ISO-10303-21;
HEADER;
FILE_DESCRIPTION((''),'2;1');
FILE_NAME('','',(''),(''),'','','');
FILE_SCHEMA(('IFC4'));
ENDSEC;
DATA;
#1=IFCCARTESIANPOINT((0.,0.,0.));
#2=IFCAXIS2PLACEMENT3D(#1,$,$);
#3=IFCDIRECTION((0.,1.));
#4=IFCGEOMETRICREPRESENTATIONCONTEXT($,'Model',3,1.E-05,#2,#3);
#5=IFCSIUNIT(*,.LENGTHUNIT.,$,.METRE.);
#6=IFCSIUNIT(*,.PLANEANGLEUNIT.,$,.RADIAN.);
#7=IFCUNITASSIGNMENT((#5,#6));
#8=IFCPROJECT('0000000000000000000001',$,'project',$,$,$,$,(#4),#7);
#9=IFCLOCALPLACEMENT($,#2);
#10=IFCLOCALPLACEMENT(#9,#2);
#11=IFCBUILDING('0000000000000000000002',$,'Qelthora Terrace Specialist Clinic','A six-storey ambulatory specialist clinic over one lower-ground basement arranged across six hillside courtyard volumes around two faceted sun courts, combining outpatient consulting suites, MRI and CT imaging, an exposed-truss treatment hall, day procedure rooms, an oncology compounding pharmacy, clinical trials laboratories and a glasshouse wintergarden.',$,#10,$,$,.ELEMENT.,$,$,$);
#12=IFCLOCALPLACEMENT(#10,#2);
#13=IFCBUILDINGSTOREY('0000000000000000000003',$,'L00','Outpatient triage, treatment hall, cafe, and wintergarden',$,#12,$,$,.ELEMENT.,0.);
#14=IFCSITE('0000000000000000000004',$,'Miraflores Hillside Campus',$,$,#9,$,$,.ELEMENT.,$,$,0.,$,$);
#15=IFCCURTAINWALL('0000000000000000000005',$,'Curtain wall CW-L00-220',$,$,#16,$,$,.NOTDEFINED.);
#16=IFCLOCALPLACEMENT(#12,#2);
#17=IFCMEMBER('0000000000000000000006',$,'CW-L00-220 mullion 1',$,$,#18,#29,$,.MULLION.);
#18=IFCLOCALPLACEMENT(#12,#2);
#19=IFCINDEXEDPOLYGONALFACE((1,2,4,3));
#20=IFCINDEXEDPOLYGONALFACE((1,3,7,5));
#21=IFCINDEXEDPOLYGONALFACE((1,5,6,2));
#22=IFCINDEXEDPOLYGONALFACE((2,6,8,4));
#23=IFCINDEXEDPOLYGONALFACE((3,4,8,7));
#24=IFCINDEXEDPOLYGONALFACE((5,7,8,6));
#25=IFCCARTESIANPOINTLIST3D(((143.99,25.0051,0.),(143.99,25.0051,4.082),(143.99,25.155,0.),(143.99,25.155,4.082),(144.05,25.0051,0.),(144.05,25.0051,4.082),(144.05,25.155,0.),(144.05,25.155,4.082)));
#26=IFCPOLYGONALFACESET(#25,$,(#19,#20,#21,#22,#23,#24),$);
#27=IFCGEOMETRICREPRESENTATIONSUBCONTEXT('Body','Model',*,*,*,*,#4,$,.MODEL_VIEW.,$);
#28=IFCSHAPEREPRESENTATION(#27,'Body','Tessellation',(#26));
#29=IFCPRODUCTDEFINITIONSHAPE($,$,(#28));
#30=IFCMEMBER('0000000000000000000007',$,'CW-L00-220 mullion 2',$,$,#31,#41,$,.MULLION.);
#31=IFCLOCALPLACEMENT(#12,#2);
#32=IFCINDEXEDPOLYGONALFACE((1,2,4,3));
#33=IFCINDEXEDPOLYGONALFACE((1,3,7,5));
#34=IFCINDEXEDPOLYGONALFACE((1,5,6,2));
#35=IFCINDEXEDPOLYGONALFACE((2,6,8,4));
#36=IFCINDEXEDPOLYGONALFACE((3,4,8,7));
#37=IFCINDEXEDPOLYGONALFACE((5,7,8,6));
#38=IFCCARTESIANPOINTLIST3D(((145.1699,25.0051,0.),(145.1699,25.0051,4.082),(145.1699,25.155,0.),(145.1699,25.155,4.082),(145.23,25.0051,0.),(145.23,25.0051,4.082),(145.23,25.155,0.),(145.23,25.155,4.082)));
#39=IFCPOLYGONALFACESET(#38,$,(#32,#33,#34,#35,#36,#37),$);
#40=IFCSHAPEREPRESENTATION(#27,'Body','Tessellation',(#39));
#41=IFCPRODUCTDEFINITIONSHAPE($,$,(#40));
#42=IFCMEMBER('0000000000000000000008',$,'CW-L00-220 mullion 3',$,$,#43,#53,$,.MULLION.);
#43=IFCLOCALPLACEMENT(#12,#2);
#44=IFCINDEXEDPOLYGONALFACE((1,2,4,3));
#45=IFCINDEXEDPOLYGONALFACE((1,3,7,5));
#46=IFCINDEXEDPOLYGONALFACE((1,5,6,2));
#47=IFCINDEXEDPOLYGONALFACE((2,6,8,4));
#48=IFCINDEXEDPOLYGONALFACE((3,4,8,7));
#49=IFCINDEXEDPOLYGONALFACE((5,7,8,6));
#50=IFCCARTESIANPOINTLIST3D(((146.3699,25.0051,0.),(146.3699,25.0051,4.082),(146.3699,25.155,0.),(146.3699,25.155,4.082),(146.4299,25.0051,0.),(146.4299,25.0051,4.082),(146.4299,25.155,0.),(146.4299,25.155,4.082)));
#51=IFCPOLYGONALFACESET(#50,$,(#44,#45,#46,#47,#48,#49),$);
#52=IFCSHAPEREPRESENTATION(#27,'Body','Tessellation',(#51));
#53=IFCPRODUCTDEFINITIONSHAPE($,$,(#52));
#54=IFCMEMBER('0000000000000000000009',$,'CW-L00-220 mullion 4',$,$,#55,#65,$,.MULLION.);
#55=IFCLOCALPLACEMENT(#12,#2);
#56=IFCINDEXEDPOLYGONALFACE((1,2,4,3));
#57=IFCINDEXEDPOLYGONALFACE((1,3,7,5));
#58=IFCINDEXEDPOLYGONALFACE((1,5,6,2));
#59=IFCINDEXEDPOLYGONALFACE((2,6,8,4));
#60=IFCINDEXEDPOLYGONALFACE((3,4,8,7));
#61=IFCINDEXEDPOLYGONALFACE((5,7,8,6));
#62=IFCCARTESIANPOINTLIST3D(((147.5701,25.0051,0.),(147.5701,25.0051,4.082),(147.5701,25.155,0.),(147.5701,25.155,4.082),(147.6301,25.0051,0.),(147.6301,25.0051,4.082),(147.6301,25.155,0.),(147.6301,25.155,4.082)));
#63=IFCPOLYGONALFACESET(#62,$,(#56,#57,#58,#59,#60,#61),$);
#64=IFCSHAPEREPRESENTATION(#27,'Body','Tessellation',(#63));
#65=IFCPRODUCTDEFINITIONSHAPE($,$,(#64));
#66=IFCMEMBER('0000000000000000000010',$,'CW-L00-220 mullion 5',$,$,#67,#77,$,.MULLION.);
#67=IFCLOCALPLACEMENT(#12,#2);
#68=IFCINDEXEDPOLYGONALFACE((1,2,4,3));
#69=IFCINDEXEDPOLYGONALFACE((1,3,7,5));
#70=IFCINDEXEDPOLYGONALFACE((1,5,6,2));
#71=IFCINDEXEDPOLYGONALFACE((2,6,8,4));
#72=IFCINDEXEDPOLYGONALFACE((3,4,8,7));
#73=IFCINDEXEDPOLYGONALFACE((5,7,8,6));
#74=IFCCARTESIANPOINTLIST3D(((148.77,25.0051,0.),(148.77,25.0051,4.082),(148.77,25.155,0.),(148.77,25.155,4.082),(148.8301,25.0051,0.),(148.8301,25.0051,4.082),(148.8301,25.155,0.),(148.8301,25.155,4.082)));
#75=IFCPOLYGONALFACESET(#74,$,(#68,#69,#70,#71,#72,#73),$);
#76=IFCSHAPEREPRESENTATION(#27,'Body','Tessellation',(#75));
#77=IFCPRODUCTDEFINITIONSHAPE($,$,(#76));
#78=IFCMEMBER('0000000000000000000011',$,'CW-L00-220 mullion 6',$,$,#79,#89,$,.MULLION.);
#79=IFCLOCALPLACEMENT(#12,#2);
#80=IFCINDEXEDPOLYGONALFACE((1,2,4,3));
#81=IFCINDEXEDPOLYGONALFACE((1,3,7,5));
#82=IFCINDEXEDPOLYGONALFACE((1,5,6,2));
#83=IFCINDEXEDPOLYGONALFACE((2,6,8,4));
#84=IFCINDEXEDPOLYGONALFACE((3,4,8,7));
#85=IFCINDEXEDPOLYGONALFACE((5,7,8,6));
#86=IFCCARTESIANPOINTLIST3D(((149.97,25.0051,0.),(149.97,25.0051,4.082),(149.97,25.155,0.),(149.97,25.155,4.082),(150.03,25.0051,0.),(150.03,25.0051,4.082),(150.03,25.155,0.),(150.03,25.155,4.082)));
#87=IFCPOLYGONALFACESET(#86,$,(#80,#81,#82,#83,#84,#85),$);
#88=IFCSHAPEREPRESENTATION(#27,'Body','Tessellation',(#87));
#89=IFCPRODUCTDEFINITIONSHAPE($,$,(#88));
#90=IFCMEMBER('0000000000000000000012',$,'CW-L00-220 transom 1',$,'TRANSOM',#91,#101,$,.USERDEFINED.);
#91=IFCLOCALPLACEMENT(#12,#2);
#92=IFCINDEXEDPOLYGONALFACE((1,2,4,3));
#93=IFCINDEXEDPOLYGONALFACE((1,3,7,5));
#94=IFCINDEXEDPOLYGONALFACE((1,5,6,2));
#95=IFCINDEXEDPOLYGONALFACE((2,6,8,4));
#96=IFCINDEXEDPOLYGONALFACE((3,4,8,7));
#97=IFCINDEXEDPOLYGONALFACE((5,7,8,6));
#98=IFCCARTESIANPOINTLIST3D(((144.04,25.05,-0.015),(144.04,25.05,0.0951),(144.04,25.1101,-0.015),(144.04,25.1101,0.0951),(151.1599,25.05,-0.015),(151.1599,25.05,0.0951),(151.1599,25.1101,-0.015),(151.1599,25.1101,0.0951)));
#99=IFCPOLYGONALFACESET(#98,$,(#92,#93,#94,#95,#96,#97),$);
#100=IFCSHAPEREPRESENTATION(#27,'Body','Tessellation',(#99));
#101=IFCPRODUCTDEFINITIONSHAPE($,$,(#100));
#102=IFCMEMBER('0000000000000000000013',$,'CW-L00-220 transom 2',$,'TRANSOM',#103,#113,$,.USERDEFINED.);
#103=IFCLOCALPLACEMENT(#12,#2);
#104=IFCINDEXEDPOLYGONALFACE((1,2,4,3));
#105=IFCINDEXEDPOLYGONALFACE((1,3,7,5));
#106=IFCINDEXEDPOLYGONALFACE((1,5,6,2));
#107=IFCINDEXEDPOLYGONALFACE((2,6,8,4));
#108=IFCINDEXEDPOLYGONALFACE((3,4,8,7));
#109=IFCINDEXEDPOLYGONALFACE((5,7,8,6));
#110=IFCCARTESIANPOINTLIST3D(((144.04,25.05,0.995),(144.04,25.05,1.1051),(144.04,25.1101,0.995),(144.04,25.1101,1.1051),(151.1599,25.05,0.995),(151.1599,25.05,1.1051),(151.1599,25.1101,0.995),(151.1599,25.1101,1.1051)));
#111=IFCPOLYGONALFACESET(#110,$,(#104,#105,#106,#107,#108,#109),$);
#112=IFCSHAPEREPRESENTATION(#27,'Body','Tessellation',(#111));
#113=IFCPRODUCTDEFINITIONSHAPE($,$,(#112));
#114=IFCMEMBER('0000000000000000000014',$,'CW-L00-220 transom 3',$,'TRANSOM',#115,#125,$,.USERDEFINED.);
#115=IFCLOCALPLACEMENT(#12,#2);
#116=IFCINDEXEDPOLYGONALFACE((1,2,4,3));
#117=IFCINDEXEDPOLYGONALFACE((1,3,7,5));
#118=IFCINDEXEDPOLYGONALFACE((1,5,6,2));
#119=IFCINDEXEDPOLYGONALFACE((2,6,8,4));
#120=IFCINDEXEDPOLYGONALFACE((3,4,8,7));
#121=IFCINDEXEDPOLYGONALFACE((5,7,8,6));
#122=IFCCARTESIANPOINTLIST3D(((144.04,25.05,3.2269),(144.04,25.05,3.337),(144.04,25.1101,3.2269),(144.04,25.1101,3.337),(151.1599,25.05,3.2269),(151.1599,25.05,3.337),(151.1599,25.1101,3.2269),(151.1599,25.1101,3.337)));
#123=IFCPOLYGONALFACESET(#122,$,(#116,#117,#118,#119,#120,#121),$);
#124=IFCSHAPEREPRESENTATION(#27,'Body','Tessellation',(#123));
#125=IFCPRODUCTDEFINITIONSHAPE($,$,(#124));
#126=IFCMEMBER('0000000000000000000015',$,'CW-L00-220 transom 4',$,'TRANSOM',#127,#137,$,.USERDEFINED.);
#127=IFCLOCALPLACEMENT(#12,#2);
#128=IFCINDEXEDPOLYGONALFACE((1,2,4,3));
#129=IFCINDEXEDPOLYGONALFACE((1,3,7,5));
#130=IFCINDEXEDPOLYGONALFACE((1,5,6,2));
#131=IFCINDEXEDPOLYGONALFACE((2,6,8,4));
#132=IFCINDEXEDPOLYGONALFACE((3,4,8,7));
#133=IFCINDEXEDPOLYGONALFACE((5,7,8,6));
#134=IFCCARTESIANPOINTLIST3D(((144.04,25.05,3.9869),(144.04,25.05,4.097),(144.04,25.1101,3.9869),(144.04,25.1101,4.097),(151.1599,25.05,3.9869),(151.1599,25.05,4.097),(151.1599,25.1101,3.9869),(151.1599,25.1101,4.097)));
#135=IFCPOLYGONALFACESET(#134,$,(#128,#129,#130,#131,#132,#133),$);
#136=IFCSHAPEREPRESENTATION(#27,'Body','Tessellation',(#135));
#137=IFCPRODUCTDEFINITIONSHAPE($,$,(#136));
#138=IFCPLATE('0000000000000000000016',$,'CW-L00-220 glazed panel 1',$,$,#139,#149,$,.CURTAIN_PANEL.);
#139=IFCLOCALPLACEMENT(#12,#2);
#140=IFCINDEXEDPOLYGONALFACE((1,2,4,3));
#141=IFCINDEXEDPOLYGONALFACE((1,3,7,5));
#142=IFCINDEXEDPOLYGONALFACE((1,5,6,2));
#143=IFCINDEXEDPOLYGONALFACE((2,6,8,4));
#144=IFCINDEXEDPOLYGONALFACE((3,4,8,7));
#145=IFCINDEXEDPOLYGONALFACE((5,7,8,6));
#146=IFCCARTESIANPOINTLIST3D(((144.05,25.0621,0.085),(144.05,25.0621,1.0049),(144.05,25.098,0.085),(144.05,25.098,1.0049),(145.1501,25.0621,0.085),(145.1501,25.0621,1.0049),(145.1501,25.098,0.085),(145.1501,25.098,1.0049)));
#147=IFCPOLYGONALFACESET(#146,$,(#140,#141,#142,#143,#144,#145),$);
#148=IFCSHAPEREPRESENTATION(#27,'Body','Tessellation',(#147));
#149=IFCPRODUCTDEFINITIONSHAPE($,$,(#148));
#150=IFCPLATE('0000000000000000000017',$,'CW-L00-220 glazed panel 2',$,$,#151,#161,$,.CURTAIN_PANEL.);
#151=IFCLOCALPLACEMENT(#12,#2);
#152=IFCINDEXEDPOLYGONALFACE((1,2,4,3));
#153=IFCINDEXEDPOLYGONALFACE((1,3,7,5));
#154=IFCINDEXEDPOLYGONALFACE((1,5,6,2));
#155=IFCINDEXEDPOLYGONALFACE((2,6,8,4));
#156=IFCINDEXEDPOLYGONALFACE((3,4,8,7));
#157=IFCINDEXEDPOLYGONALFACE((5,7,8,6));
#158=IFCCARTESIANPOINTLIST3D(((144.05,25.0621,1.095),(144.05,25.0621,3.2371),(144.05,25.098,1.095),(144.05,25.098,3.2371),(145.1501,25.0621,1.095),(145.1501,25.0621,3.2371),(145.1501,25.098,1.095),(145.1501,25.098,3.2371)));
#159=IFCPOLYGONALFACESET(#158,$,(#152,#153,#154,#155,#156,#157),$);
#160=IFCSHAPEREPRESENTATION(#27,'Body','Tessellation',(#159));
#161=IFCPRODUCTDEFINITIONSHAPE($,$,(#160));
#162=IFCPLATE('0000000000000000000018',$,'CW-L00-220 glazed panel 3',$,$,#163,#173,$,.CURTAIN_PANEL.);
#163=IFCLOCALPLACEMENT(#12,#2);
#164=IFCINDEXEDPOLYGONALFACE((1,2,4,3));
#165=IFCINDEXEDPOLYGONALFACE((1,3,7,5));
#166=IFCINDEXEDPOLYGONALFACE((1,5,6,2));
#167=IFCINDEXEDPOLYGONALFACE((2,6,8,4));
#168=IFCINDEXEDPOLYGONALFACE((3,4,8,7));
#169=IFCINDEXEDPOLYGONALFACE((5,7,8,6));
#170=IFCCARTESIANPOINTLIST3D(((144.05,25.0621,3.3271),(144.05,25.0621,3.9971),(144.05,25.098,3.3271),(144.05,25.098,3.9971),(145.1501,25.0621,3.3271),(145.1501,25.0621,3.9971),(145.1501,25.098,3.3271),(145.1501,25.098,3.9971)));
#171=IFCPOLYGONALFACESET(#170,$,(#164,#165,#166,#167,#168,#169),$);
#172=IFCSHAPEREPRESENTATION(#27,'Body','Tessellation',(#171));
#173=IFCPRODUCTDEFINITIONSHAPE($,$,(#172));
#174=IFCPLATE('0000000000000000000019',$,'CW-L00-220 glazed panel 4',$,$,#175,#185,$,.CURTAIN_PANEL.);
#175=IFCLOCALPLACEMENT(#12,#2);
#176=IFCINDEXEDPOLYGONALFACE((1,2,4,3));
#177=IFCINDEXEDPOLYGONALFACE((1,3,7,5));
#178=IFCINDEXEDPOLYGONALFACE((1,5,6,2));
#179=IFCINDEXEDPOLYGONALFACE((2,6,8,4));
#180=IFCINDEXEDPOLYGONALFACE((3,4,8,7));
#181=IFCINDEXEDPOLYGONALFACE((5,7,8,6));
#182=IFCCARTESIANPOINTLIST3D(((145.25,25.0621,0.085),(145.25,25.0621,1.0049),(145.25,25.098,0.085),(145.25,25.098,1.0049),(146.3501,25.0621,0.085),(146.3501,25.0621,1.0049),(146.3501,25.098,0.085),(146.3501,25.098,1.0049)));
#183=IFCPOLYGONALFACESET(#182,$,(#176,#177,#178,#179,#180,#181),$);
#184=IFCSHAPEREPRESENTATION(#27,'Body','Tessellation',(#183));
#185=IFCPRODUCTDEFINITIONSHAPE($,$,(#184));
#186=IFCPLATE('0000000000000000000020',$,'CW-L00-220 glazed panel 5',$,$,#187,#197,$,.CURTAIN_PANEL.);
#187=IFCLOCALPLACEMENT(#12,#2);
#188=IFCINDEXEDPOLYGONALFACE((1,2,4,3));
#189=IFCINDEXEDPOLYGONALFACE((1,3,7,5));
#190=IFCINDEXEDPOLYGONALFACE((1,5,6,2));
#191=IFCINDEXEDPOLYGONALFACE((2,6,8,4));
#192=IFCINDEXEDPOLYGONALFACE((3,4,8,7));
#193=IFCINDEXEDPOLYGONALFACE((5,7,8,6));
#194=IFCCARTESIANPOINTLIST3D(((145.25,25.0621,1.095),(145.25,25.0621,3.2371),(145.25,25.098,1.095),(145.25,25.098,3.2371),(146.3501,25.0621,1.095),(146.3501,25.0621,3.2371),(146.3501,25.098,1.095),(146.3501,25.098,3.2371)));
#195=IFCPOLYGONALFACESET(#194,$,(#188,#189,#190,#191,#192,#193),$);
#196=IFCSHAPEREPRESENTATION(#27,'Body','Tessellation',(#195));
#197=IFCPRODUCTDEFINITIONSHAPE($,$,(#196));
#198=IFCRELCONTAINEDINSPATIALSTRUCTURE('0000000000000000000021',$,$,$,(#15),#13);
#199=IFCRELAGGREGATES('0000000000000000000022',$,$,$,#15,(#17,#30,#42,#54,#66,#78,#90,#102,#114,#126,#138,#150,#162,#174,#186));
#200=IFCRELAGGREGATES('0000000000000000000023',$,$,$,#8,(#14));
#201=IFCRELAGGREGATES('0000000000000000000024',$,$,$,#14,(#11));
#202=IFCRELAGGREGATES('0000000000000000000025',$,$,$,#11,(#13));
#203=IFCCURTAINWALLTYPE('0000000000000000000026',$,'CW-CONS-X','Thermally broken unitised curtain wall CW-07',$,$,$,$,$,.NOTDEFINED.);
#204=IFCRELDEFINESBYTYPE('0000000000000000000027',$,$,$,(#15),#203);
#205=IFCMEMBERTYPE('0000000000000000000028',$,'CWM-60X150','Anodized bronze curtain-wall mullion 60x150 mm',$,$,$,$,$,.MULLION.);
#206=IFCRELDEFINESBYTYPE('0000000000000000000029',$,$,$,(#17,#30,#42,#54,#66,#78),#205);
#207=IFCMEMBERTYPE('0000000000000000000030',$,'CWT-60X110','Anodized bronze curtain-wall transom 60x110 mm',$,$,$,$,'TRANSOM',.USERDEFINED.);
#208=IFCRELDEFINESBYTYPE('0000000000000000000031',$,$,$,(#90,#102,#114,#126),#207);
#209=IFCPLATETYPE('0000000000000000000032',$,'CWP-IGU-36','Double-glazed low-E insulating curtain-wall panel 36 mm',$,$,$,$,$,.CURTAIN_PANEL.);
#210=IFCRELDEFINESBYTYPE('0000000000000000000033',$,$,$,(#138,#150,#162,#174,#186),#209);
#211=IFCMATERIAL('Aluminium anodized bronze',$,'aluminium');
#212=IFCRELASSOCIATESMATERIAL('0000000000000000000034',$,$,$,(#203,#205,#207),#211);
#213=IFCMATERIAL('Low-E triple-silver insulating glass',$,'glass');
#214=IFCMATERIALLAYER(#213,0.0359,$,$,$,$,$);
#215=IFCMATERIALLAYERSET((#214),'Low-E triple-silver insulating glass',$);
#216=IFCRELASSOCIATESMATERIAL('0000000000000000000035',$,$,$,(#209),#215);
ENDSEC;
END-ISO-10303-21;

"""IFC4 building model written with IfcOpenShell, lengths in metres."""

from ifc_helpers import new_model, si_unit, direction, frame, origin, origin_2d, place, context, subcontext, project, spatial, rectangle, extrude, material, layer, layer_set, material_profile, profile_set, type_object, element, aggregate, save


model = new_model("IFC4")

# Units and contexts
model_context = context("Model", 3, precision=1e-05, world=origin(), true_north=direction((0.0, 1.0)))
body_context = subcontext(model_context, "Body", "Model", "MODEL_VIEW")
ifc_project = project(units=[si_unit("LENGTHUNIT", "METRE"), si_unit("PLANEANGLEUNIT", "RADIAN")], contexts=[model_context])

# Site, building, storey
site_placement = place(None, origin())
site = spatial("IfcSite", under=ifc_project, at=site_placement, Name="Miraflores Hillside Campus", CompositionType="ELEMENT", RefElevation=0.0)
building_placement = place(site_placement, origin())
building = spatial("IfcBuilding", under=site, at=building_placement, Name="Qelthora Terrace Specialist Clinic", Description="A six-storey ambulatory specialist clinic over one lower-ground basement arranged across six hillside courtyard volumes around two faceted sun courts, combining outpatient consulting suites, MRI and CT imaging, an exposed-truss treatment hall, day procedure rooms, an oncology compounding pharmacy, clinical trials laboratories and a glasshouse wintergarden.", CompositionType="ELEMENT")
storey_placement = place(building_placement, origin())
storey = spatial("IfcBuildingStorey", under=building, at=storey_placement, Name="L00", Description="Outpatient triage, treatment hall, cafe, and wintergarden", CompositionType="ELEMENT", Elevation=0.0)

# Curtain wall, members, plates
ifc_material_1 = material(Name="Aluminium anodized bronze", Category="aluminium")
curtain_wall_type = type_object("IfcCurtainWallType", Name="CW-CONS-X", Description="Thermally broken unitised curtain wall CW-07", PredefinedType="NOTDEFINED", material=ifc_material_1)
curtain_wall_placement = place(storey_placement, origin())
curtain_wall = element("IfcCurtainWall", 1, at=curtain_wall_placement, inside=storey, type_object=curtain_wall_type, Name="Curtain wall CW-L00-220", PredefinedType="NOTDEFINED")
ifc_material_profile_1 = material_profile(ifc_material_1, rectangle(XDim=0.0601, YDim=0.1499, at=origin_2d()), Name="CWM60X150")
ifc_profile_set_1 = profile_set([ifc_material_profile_1], Name="Aluminium anodized bronze")
member_type_1 = type_object("IfcMemberType", Name="CWM-60X150", Description="Anodized bronze curtain-wall mullion 60x150 mm", PredefinedType="MULLION", material=ifc_profile_set_1)
member_1_placement = place(storey_placement, frame((144.02, 25.0801, 0.0), z_axis=(0.0, 0.0, 1.0), x_axis=(1.0, 0.0, 0.0)))
member_1 = element("IfcMember", 2, at=member_1_placement, type_object=member_type_1, Name="CW-L00-220 mullion 1", PredefinedType="MULLION", context=body_context, shape_type="SweptSolid", body=[
    extrude(rectangle(XDim=0.0601, YDim=0.1499, at=origin_2d()), origin(), (0.0, 0.0, 1.0), 4.082),
])
member_2_placement = place(storey_placement, frame((145.2, 25.0801, 0.0), z_axis=(0.0, 0.0, 1.0), x_axis=(1.0, 0.0, 0.0)))
member_2 = element("IfcMember", 3, at=member_2_placement, type_object=member_type_1, Name="CW-L00-220 mullion 2", PredefinedType="MULLION", context=body_context, shape_type="SweptSolid", body=[
    extrude(rectangle(XDim=0.0601, YDim=0.1499, at=origin_2d()), origin(), (0.0, 0.0, 1.0), 4.082),
])
member_3_placement = place(storey_placement, frame((146.3999, 25.0801, 0.0), z_axis=(0.0, 0.0, 1.0), x_axis=(1.0, 0.0, 0.0)))
member_3 = element("IfcMember", 4, at=member_3_placement, type_object=member_type_1, Name="CW-L00-220 mullion 3", PredefinedType="MULLION", context=body_context, shape_type="SweptSolid", body=[
    extrude(rectangle(XDim=0.0601, YDim=0.1499, at=origin_2d()), origin(), (0.0, 0.0, 1.0), 4.082),
])
member_4_placement = place(storey_placement, frame((147.6001, 25.0801, 0.0), z_axis=(0.0, 0.0, 1.0), x_axis=(1.0, 0.0, 0.0)))
member_4 = element("IfcMember", 5, at=member_4_placement, type_object=member_type_1, Name="CW-L00-220 mullion 4", PredefinedType="MULLION", context=body_context, shape_type="SweptSolid", body=[
    extrude(rectangle(XDim=0.0601, YDim=0.1499, at=origin_2d()), origin(), (0.0, 0.0, 1.0), 4.082),
])
member_5_placement = place(storey_placement, frame((148.8, 25.0801, 0.0), z_axis=(0.0, 0.0, 1.0), x_axis=(1.0, 0.0, 0.0)))
member_5 = element("IfcMember", 6, at=member_5_placement, type_object=member_type_1, Name="CW-L00-220 mullion 5", PredefinedType="MULLION", context=body_context, shape_type="SweptSolid", body=[
    extrude(rectangle(XDim=0.0601, YDim=0.1499, at=origin_2d()), origin(), (0.0, 0.0, 1.0), 4.082),
])
member_6_placement = place(storey_placement, frame((150.0, 25.0801, 0.0), z_axis=(0.0, 0.0, 1.0), x_axis=(1.0, 0.0, 0.0)))
member_6 = element("IfcMember", 7, at=member_6_placement, type_object=member_type_1, Name="CW-L00-220 mullion 6", PredefinedType="MULLION", context=body_context, shape_type="SweptSolid", body=[
    extrude(rectangle(XDim=0.0601, YDim=0.1499, at=origin_2d()), origin(), (0.0, 0.0, 1.0), 4.082),
])
ifc_material_profile_2 = material_profile(ifc_material_1, rectangle(XDim=0.0601, YDim=0.1101, at=origin_2d()), Name="CWT60X110")
ifc_profile_set_2 = profile_set([ifc_material_profile_2], Name="Aluminium anodized bronze")
member_type_2 = type_object("IfcMemberType", Name="CWT-60X110", Description="Anodized bronze curtain-wall transom 60x110 mm", ElementType="TRANSOM", PredefinedType="USERDEFINED", material=ifc_profile_set_2)
member_7_placement = place(storey_placement, frame((144.04, 25.0801, 0.04), z_axis=(1.0, 0.0, 0.0), x_axis=(0.0, 1.0, 0.0)))
member_7 = element("IfcMember", 8, at=member_7_placement, type_object=member_type_2, Name="CW-L00-220 transom 1", ObjectType="TRANSOM", PredefinedType="USERDEFINED", context=body_context, shape_type="SweptSolid", body=[
    extrude(rectangle(XDim=0.0601, YDim=0.1101, at=origin_2d()), origin(), (0.0, 0.0, 1.0), 7.1199),
])
member_8_placement = place(storey_placement, frame((144.04, 25.0801, 1.05), z_axis=(1.0, 0.0, 0.0), x_axis=(0.0, 1.0, 0.0)))
member_8 = element("IfcMember", 9, at=member_8_placement, type_object=member_type_2, Name="CW-L00-220 transom 2", ObjectType="TRANSOM", PredefinedType="USERDEFINED", context=body_context, shape_type="SweptSolid", body=[
    extrude(rectangle(XDim=0.0601, YDim=0.1101, at=origin_2d()), origin(), (0.0, 0.0, 1.0), 7.1199),
])
member_9_placement = place(storey_placement, frame((144.04, 25.0801, 3.282), z_axis=(1.0, 0.0, 0.0), x_axis=(0.0, 1.0, 0.0)))
member_9 = element("IfcMember", 10, at=member_9_placement, type_object=member_type_2, Name="CW-L00-220 transom 3", ObjectType="TRANSOM", PredefinedType="USERDEFINED", context=body_context, shape_type="SweptSolid", body=[
    extrude(rectangle(XDim=0.0601, YDim=0.1101, at=origin_2d()), origin(), (0.0, 0.0, 1.0), 7.1199),
])
member_10_placement = place(storey_placement, frame((144.04, 25.0801, 4.042), z_axis=(1.0, 0.0, 0.0), x_axis=(0.0, 1.0, 0.0)))
member_10 = element("IfcMember", 11, at=member_10_placement, type_object=member_type_2, Name="CW-L00-220 transom 4", ObjectType="TRANSOM", PredefinedType="USERDEFINED", context=body_context, shape_type="SweptSolid", body=[
    extrude(rectangle(XDim=0.0601, YDim=0.1101, at=origin_2d()), origin(), (0.0, 0.0, 1.0), 7.1199),
])
ifc_material_2 = material(Name="Low-E triple-silver insulating glass", Category="glass")
ifc_layer = layer(ifc_material_2, 0.0359)
ifc_layer_set = layer_set([ifc_layer], Name="Low-E triple-silver insulating glass")
plate_type = type_object("IfcPlateType", Name="CWP-IGU-36", Description="Double-glazed low-E insulating curtain-wall panel 36 mm", PredefinedType="CURTAIN_PANEL", material=ifc_layer_set)
plate_1_placement = place(storey_placement, frame((144.6001, 25.0801, 0.085), z_axis=(0.0, 0.0, 1.0), x_axis=(1.0, 0.0, 0.0)))
plate_1 = element("IfcPlate", 12, at=plate_1_placement, type_object=plate_type, Name="CW-L00-220 glazed panel 1", PredefinedType="CURTAIN_PANEL", context=body_context, shape_type="SweptSolid", body=[
    extrude(rectangle(XDim=1.1001, YDim=0.0359, at=origin_2d()), origin(), (0.0, 0.0, 1.0), 0.9199),
])
plate_2_placement = place(storey_placement, frame((144.6001, 25.0801, 1.095), z_axis=(0.0, 0.0, 1.0), x_axis=(1.0, 0.0, 0.0)))
plate_2 = element("IfcPlate", 13, at=plate_2_placement, type_object=plate_type, Name="CW-L00-220 glazed panel 2", PredefinedType="CURTAIN_PANEL", context=body_context, shape_type="SweptSolid", body=[
    extrude(rectangle(XDim=1.1001, YDim=0.0359, at=origin_2d()), origin(), (0.0, 0.0, 1.0), 2.1421),
])
plate_3_placement = place(storey_placement, frame((144.6001, 25.0801, 3.3271), z_axis=(0.0, 0.0, 1.0), x_axis=(1.0, 0.0, 0.0)))
plate_3 = element("IfcPlate", 14, at=plate_3_placement, type_object=plate_type, Name="CW-L00-220 glazed panel 3", PredefinedType="CURTAIN_PANEL", context=body_context, shape_type="SweptSolid", body=[
    extrude(rectangle(XDim=1.1001, YDim=0.0359, at=origin_2d()), origin(), (0.0, 0.0, 1.0), 0.6699),
])
plate_4_placement = place(storey_placement, frame((145.8, 25.0801, 0.085), z_axis=(0.0, 0.0, 1.0), x_axis=(1.0, 0.0, 0.0)))
plate_4 = element("IfcPlate", 15, at=plate_4_placement, type_object=plate_type, Name="CW-L00-220 glazed panel 4", PredefinedType="CURTAIN_PANEL", context=body_context, shape_type="SweptSolid", body=[
    extrude(rectangle(XDim=1.1001, YDim=0.0359, at=origin_2d()), origin(), (0.0, 0.0, 1.0), 0.9199),
])
plate_5_placement = place(storey_placement, frame((145.8, 25.0801, 1.095), z_axis=(0.0, 0.0, 1.0), x_axis=(1.0, 0.0, 0.0)))
plate_5 = element("IfcPlate", 16, at=plate_5_placement, type_object=plate_type, Name="CW-L00-220 glazed panel 5", PredefinedType="CURTAIN_PANEL", context=body_context, shape_type="SweptSolid", body=[
    extrude(rectangle(XDim=1.1001, YDim=0.0359, at=origin_2d()), origin(), (0.0, 0.0, 1.0), 2.1421),
])
aggregate(curtain_wall, [member_1, member_2, member_3, member_4, member_5, member_6, member_7, member_8, member_9, member_10, plate_1, plate_2, plate_3, plate_4, plate_5])

save(model, "model.ifc")
